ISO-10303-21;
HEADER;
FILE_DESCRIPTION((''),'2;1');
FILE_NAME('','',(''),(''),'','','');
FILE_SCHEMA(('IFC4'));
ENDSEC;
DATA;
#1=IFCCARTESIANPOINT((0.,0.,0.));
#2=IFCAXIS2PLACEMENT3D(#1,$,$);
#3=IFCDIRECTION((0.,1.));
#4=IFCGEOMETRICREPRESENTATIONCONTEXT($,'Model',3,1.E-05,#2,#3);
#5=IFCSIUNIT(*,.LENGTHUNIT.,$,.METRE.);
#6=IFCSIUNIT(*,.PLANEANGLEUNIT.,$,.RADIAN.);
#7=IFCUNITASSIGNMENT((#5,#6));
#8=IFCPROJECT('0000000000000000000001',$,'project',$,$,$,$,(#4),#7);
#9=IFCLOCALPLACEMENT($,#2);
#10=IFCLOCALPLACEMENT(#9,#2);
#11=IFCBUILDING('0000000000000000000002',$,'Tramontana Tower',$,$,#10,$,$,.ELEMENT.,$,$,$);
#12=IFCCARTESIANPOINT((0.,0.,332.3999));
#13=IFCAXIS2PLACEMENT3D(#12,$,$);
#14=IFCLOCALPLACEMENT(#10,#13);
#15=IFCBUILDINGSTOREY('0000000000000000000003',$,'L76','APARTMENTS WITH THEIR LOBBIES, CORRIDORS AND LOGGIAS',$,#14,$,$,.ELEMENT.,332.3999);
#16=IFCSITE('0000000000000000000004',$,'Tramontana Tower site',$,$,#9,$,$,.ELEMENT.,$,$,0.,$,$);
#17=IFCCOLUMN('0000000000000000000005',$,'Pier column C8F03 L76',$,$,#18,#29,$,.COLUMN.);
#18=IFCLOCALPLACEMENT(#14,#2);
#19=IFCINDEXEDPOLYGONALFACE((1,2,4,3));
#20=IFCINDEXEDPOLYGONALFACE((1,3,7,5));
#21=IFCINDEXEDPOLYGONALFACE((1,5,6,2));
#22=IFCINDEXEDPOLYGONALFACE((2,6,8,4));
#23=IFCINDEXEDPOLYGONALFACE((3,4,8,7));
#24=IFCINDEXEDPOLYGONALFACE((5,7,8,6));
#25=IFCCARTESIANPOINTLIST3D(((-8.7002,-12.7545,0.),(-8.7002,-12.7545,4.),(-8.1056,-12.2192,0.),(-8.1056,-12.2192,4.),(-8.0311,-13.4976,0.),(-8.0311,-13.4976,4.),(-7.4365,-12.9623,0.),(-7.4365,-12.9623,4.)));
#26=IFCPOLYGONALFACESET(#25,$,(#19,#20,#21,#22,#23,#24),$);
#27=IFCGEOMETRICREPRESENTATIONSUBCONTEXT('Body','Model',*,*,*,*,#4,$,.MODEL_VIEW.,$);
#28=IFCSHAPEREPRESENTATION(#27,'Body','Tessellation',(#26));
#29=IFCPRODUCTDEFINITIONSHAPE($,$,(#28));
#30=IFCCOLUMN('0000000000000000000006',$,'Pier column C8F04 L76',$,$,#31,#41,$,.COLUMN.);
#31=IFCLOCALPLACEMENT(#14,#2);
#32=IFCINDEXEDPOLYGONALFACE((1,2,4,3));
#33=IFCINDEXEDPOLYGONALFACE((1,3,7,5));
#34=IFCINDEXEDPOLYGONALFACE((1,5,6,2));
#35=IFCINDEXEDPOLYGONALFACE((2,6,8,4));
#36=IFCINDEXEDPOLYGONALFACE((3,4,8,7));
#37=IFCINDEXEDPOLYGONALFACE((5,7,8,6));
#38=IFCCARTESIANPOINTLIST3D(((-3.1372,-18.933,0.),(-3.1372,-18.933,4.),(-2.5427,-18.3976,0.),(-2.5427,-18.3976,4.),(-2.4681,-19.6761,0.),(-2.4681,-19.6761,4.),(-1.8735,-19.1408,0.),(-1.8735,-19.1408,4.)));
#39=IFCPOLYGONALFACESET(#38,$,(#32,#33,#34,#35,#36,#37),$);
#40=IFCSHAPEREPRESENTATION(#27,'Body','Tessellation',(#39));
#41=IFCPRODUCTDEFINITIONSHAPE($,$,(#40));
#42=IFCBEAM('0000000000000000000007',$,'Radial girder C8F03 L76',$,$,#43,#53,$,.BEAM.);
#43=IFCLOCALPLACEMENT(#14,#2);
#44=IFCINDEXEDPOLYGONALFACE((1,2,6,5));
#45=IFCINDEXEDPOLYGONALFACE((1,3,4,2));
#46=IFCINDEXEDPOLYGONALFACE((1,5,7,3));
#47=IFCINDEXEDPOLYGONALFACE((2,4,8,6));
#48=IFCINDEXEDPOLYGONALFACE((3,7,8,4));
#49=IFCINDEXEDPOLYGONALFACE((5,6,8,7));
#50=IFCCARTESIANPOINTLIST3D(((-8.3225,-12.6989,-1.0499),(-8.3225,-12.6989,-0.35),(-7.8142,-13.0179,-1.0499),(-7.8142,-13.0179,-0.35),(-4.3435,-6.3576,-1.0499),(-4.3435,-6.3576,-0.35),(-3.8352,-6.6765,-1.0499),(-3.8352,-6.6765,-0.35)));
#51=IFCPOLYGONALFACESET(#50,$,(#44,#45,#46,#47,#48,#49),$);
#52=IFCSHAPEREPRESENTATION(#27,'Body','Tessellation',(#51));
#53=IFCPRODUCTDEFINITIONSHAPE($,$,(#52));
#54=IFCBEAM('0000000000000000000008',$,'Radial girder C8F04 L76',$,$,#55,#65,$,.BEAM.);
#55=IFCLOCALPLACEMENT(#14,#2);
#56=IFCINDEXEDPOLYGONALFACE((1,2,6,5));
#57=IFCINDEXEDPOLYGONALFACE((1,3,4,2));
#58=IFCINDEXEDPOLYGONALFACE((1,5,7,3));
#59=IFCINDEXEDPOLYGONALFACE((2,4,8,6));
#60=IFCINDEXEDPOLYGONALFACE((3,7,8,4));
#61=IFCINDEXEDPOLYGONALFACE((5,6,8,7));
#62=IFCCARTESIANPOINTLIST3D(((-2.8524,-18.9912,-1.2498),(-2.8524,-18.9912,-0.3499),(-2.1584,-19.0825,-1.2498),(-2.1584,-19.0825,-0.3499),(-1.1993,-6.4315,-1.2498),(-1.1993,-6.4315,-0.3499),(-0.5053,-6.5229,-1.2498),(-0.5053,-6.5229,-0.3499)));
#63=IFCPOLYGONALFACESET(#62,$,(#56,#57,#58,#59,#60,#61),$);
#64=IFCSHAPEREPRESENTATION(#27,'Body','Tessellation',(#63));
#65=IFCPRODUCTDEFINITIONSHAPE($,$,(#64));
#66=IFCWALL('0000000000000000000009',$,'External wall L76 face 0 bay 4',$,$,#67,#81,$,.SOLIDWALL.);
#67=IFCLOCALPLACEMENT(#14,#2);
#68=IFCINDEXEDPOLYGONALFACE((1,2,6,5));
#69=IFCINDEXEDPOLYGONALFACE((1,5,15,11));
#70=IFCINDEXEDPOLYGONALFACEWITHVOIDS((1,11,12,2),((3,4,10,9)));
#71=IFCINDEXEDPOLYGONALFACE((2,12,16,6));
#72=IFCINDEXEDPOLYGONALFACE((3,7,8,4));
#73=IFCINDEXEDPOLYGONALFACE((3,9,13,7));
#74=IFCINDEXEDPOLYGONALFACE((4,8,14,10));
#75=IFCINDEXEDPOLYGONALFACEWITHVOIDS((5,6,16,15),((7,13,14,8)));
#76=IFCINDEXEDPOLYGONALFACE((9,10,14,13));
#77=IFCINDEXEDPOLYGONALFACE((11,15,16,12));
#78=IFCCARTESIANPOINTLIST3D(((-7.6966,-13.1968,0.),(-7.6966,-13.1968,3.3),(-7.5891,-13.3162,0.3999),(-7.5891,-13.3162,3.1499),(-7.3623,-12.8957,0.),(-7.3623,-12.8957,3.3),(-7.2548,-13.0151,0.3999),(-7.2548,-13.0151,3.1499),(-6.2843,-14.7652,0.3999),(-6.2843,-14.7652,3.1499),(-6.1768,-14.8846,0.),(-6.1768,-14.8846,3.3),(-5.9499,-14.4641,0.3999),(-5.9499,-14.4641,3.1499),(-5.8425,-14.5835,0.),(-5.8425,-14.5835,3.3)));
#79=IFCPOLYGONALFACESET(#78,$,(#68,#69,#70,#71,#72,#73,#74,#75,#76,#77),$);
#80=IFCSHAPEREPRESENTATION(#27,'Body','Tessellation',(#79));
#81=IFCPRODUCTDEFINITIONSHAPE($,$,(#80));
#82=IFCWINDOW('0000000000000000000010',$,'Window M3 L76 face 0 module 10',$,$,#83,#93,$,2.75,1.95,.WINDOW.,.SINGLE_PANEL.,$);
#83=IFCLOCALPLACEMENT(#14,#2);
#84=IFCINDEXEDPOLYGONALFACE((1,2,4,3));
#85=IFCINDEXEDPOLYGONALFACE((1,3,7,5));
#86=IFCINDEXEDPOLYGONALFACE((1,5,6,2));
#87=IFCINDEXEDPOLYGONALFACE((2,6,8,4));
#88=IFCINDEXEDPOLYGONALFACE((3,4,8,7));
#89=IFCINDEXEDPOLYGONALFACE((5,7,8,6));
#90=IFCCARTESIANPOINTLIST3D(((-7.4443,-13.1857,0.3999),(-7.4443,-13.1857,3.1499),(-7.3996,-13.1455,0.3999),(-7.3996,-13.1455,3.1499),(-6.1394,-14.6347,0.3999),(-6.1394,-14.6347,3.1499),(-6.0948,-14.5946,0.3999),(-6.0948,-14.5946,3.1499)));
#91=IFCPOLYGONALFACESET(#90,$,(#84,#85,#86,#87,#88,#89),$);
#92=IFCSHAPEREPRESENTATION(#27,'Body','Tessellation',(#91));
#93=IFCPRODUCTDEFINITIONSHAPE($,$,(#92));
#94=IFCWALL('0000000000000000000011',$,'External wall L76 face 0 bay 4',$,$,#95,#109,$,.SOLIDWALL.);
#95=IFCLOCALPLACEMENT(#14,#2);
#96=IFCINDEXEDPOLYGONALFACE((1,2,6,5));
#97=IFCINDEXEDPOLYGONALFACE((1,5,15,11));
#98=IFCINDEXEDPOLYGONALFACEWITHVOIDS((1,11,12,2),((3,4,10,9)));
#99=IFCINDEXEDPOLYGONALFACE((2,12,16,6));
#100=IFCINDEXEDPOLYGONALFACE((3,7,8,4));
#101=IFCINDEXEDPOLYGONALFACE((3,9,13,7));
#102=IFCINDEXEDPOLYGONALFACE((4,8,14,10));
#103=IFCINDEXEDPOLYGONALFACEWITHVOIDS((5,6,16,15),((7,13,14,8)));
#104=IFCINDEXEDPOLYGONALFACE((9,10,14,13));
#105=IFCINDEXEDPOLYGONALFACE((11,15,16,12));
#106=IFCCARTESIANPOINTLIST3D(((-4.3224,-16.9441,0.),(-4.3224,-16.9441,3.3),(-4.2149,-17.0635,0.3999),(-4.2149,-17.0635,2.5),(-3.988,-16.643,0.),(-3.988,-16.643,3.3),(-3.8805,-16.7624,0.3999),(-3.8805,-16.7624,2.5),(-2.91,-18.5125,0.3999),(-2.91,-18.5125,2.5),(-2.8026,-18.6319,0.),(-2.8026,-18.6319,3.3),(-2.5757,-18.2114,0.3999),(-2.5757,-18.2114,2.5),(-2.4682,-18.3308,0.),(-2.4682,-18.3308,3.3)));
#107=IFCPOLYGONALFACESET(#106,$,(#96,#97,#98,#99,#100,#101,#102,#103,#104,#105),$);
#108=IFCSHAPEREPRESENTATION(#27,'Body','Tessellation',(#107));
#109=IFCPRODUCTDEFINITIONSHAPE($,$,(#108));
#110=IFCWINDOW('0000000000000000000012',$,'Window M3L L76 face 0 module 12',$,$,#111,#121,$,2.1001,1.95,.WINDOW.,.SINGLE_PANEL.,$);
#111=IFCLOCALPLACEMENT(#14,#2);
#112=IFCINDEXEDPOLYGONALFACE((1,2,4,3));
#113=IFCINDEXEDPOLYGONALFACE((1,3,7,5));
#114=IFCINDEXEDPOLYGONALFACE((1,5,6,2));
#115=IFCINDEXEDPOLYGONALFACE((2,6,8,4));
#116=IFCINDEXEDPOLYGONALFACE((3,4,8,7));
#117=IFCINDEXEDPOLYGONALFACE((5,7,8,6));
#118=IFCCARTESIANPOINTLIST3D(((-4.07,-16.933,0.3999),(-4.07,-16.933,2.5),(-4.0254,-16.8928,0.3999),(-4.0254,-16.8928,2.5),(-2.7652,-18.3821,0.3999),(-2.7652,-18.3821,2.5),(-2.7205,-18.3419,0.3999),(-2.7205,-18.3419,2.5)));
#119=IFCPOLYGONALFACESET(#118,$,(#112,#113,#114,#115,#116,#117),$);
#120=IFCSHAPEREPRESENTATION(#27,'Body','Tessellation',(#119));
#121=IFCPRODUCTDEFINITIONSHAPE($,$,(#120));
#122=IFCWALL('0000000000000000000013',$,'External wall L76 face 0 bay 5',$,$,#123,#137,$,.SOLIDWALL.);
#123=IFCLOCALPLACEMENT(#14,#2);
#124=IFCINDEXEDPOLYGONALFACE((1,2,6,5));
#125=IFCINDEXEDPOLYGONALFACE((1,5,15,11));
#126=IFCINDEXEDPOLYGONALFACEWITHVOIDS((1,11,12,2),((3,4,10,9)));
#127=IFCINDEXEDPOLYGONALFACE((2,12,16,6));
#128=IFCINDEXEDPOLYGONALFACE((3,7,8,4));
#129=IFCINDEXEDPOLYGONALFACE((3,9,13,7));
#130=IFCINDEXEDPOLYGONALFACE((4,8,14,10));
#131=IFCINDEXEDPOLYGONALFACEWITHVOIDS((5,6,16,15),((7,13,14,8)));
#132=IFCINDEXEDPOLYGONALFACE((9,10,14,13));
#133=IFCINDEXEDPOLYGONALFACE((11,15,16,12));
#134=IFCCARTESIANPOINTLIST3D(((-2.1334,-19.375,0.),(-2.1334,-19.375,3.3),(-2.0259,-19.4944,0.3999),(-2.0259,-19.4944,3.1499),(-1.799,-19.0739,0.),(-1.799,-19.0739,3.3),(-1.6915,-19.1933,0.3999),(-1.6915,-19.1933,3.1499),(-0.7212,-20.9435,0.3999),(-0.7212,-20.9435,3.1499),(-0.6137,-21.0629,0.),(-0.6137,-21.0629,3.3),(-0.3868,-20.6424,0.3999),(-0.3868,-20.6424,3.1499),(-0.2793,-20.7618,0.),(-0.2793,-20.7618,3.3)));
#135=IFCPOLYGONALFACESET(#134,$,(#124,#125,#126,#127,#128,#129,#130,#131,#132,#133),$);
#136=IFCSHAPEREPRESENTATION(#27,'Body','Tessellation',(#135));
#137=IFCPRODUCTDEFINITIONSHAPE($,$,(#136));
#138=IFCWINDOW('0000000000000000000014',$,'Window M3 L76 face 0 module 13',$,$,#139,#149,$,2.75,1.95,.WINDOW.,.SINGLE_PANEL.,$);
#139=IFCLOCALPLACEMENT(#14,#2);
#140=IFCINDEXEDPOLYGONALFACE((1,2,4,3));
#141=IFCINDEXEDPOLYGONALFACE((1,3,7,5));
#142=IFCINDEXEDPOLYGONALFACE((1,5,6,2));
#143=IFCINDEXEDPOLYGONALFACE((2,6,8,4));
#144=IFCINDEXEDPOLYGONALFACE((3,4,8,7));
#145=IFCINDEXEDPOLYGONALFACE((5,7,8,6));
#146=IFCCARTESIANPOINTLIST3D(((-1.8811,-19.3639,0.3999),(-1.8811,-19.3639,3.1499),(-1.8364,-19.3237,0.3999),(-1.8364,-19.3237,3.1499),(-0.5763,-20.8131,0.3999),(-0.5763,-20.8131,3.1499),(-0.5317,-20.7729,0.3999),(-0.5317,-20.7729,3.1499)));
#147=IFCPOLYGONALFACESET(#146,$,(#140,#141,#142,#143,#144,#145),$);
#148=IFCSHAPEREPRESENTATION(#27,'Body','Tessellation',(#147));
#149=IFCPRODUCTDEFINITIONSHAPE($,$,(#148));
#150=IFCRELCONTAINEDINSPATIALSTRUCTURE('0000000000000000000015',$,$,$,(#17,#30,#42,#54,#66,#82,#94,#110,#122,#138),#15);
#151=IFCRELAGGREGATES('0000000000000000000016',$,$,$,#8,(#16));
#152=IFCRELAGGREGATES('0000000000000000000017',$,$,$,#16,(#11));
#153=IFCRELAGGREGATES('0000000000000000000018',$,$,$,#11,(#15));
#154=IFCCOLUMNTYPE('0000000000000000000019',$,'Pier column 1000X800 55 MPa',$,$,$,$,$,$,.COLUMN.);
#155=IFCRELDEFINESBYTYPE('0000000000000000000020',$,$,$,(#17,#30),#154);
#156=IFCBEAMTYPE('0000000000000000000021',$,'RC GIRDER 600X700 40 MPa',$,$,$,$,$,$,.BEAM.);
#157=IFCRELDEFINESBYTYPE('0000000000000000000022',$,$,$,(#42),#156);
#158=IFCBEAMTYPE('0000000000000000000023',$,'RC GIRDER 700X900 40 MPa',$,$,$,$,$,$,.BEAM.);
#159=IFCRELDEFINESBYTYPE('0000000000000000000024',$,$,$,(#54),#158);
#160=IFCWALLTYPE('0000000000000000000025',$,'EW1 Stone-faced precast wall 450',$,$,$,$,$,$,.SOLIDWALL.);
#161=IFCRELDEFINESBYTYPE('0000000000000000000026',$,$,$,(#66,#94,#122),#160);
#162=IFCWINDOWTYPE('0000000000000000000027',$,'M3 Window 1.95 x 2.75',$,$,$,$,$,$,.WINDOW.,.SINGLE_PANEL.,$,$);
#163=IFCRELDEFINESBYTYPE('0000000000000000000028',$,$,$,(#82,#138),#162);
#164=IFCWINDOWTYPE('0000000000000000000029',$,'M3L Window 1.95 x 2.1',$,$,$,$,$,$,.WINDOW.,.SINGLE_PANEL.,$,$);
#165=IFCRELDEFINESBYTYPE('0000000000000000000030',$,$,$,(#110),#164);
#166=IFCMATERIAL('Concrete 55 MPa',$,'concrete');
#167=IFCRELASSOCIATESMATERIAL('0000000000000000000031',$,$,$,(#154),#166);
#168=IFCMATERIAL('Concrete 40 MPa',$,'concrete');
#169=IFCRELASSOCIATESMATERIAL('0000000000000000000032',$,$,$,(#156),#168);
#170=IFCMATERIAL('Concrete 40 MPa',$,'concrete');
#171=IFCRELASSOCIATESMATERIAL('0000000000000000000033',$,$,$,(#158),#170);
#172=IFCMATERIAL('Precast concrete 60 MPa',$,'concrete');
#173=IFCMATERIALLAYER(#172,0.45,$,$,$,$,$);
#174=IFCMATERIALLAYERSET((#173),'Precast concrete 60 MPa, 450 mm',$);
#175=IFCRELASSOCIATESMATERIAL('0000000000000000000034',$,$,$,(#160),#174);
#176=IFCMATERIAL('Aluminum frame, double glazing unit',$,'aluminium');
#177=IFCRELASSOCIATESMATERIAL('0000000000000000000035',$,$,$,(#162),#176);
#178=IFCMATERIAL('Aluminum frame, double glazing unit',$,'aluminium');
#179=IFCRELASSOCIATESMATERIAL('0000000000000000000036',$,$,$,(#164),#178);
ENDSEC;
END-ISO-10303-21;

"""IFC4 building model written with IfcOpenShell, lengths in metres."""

from ifc_helpers import new_model, si_unit, direction, frame, frame_2d, origin, origin_2d, place, context, subcontext, project, spatial, rectangle, extrude, material, layer, layer_set, material_profile, profile_set, type_object, element, fill, save


model = new_model("IFC4")

# Units and contexts
model_context = context("Model", 3, precision=1e-05, world=origin(), true_north=direction((0.0, 1.0)))
body_context = subcontext(model_context, "Body", "Model", "MODEL_VIEW")
ifc_project = project(units=[si_unit("LENGTHUNIT", "METRE"), si_unit("PLANEANGLEUNIT", "RADIAN")], contexts=[model_context])

# Site, building, storey
site_placement = place(None, origin())
site = spatial("IfcSite", under=ifc_project, at=site_placement, Name="Tramontana Tower site", CompositionType="ELEMENT", RefElevation=0.0)
building_placement = place(site_placement, origin())
building = spatial("IfcBuilding", under=site, at=building_placement, Name="Tramontana Tower", CompositionType="ELEMENT")
storey_placement = place(building_placement, frame((0.0, 0.0, 332.3999)))
storey = spatial("IfcBuildingStorey", under=building, at=storey_placement, Name="L76", Description="APARTMENTS WITH THEIR LOBBIES, CORRIDORS AND LOGGIAS", CompositionType="ELEMENT", Elevation=332.3999)

# Columns
ifc_material_1 = material(Name="Concrete 55 MPa", Category="concrete")
ifc_material_profile_1 = material_profile(ifc_material_1, rectangle(XDim=1.0, YDim=0.8, at=origin_2d()), Name="Pier column 1000X800 55 MPa")
ifc_profile_set_1 = profile_set([ifc_material_profile_1], Name="Concrete 55 MPa")
column_type = type_object("IfcColumnType", Name="Pier column 1000X800 55 MPa", PredefinedType="COLUMN", material=ifc_profile_set_1)
for number, where, z_axis, x_axis, name in (
    (1, (-8.0684, -12.8584, 0.0), (0.0, 0.0, 1.0), (0.669131, -0.743145, 0.0), "Pier column C8F03 L76"),
    (2, (-2.5054, -19.0369, 0.0), (0.0, 0.0, 1.0), (0.669131, -0.743145, 0.0), "Pier column C8F04 L76"),
):
    element("IfcColumn", number, at=place(storey_placement, frame(where, z_axis=z_axis, x_axis=x_axis)), inside=storey, type_object=column_type, Name=name, PredefinedType="COLUMN", context=body_context, shape_type="SweptSolid", body=[
        extrude(rectangle(XDim=1.0, YDim=0.8, at=origin_2d()), origin(), (0.0, 0.0, 1.0), 4.0),
    ])

# Beams
ifc_material_2 = material(Name="Concrete 40 MPa", Category="concrete")
ifc_material_profile_2 = material_profile(ifc_material_2, rectangle(XDim=0.6001, YDim=0.7, at=origin_2d()), Name="RC GIRDER 600X700 40 MPa")
ifc_profile_set_2 = profile_set([ifc_material_profile_2], Name="Concrete 40 MPa")
beam_type_1 = type_object("IfcBeamType", Name="RC GIRDER 600X700 40 MPa", PredefinedType="BEAM", material=ifc_profile_set_2)
beam_1_placement = place(storey_placement, frame((-8.0684, -12.8584, -0.7), z_axis=(0.531505, 0.847055, 0.0), x_axis=(-0.847055, 0.531505, 0.0)))
element("IfcBeam", 3, at=beam_1_placement, inside=storey, type_object=beam_type_1, Name="Radial girder C8F03 L76", PredefinedType="BEAM", context=body_context, shape_type="SweptSolid", body=[
    extrude(rectangle(XDim=0.6001, YDim=0.7, at=origin_2d()), origin(), (0.0, 0.0, 1.0), 7.4863),
])
ifc_material_3 = material(Name="Concrete 40 MPa", Category="concrete")
ifc_material_profile_3 = material_profile(ifc_material_3, rectangle(XDim=0.7, YDim=0.8999, at=origin_2d()), Name="RC GIRDER 700X900 40 MPa")
ifc_profile_set_3 = profile_set([ifc_material_profile_3], Name="Concrete 40 MPa")
beam_type_2 = type_object("IfcBeamType", Name="RC GIRDER 700X900 40 MPa", PredefinedType="BEAM", material=ifc_profile_set_3)
beam_2_placement = place(storey_placement, frame((-2.5054, -19.0369, -0.7998), z_axis=(0.130493, 0.991449, 0.0), x_axis=(-0.991449, 0.130493, 0.0)))
element("IfcBeam", 4, at=beam_2_placement, inside=storey, type_object=beam_type_2, Name="Radial girder C8F04 L76", PredefinedType="BEAM", context=body_context, shape_type="SweptSolid", body=[
    extrude(rectangle(XDim=0.7, YDim=0.8999, at=origin_2d()), origin(), (0.0, 0.0, 1.0), 12.668),
])

# Walls, openings, windows
ifc_material_4 = material(Name="Precast concrete 60 MPa", Category="concrete")
ifc_layer_1 = layer(ifc_material_4, 0.45)
ifc_layer_set_1 = layer_set([ifc_layer_1], Name="Precast concrete 60 MPa, 450 mm")
wall_type_1 = type_object("IfcWallType", Name="EW1 Stone-faced precast wall 450", PredefinedType="SOLIDWALL", material=ifc_layer_set_1)
wall_1_placement = place(storey_placement, frame((-7.5295, -13.0461, 0.0), z_axis=(0.0, 0.0, 1.0), x_axis=(0.669161, -0.743118, 0.0)))
wall_1 = element("IfcWall", 5, at=wall_1_placement, inside=storey, type_object=wall_type_1, Name="External wall L76 face 0 bay 4", PredefinedType="SOLIDWALL", context=body_context, shape_type="SweptSolid", body=[
    extrude(rectangle(XDim=2.2712, YDim=0.45, at=frame_2d((1.1357, 0.0))), origin(), (0.0, 0.0, 1.0), 3.3),
])
opening_1_placement = place(wall_1_placement, frame((0.1606, 0.0, 0.3999)))
opening_1 = element("IfcOpeningElement", 6, at=opening_1_placement, cuts=wall_1, PredefinedType="OPENING", context=body_context, shape_type="SweptSolid", body=[
    extrude(rectangle(XDim=1.95, YDim=2.75, at=frame_2d((0.9751, 1.375))), frame((0.0, 0.2349, 0.0), z_axis=(0.0, -1.0, 0.0), x_axis=(1.0, 0.0, 0.0)), (0.0, 0.0, 1.0), 0.47),
])
ifc_material_5 = material(Name="Aluminum frame, double glazing unit", Category="aluminium")
window_type_1 = type_object("IfcWindowType", Name="M3 Window 1.95 x 2.75", PartitioningType="SINGLE_PANEL", PredefinedType="WINDOW", material=ifc_material_5)
window_1_placement = place(opening_1_placement, origin())
window_1 = element("IfcWindow", 7, at=window_1_placement, inside=storey, type_object=window_type_1, Name="Window M3 L76 face 0 module 10", OverallHeight=2.75, OverallWidth=1.95, PartitioningType="SINGLE_PANEL", PredefinedType="WINDOW", context=body_context, shape_type="SweptSolid", body=[
    extrude(rectangle(XDim=1.95, YDim=2.75, at=frame_2d((0.9751, 1.375))), frame((0.0, 0.03, 0.0), z_axis=(0.0, -1.0, 0.0), x_axis=(1.0, 0.0, 0.0)), (0.0, 0.0, 1.0), 0.0601),
])
fill(opening_1, window_1)
wall_2_placement = place(storey_placement, frame((-4.1553, -16.7935, 0.0), z_axis=(0.0, 0.0, 1.0), x_axis=(0.669161, -0.743118, 0.0)))
wall_2 = element("IfcWall", 8, at=wall_2_placement, inside=storey, type_object=wall_type_1, Name="External wall L76 face 0 bay 4", PredefinedType="SOLIDWALL", context=body_context, shape_type="SweptSolid", body=[
    extrude(rectangle(XDim=2.2712, YDim=0.45, at=frame_2d((1.1357, 0.0))), origin(), (0.0, 0.0, 1.0), 3.3),
])
opening_2_placement = place(wall_2_placement, frame((0.1606, 0.0, 0.3999)))
opening_2 = element("IfcOpeningElement", 9, at=opening_2_placement, cuts=wall_2, PredefinedType="OPENING", context=body_context, shape_type="SweptSolid", body=[
    extrude(rectangle(XDim=1.95, YDim=2.1001, at=frame_2d((0.9751, 1.05))), frame((0.0, 0.2349, 0.0), z_axis=(0.0, -1.0, 0.0), x_axis=(1.0, 0.0, 0.0)), (0.0, 0.0, 1.0), 0.47),
])
ifc_material_6 = material(Name="Aluminum frame, double glazing unit", Category="aluminium")
window_type_2 = type_object("IfcWindowType", Name="M3L Window 1.95 x 2.1", PartitioningType="SINGLE_PANEL", PredefinedType="WINDOW", material=ifc_material_6)
window_2_placement = place(opening_2_placement, origin())
window_2 = element("IfcWindow", 10, at=window_2_placement, inside=storey, type_object=window_type_2, Name="Window M3L L76 face 0 module 12", OverallHeight=2.1001, OverallWidth=1.95, PartitioningType="SINGLE_PANEL", PredefinedType="WINDOW", context=body_context, shape_type="SweptSolid", body=[
    extrude(rectangle(XDim=1.95, YDim=2.1001, at=frame_2d((0.9751, 1.05))), frame((0.0, 0.03, 0.0), z_axis=(0.0, -1.0, 0.0), x_axis=(1.0, 0.0, 0.0)), (0.0, 0.0, 1.0), 0.0601),
])
fill(opening_2, window_2)
wall_3_placement = place(storey_placement, frame((-1.9663, -19.2244, 0.0), z_axis=(0.0, 0.0, 1.0), x_axis=(0.669107, -0.743166, 0.0)))
wall_3 = element("IfcWall", 11, at=wall_3_placement, inside=storey, type_object=wall_type_1, Name="External wall L76 face 0 bay 5", PredefinedType="SOLIDWALL", context=body_context, shape_type="SweptSolid", body=[
    extrude(rectangle(XDim=2.2712, YDim=0.45, at=frame_2d((1.1357, 0.0))), origin(), (0.0, 0.0, 1.0), 3.3),
])
opening_3_placement = place(wall_3_placement, frame((0.1606, 0.0, 0.3999)))
opening_3 = element("IfcOpeningElement", 12, at=opening_3_placement, cuts=wall_3, PredefinedType="OPENING", context=body_context, shape_type="SweptSolid", body=[
    extrude(rectangle(XDim=1.95, YDim=2.75, at=frame_2d((0.9751, 1.375))), frame((0.0, 0.2349, 0.0), z_axis=(0.0, -1.0, 0.0), x_axis=(1.0, 0.0, 0.0)), (0.0, 0.0, 1.0), 0.47),
])
window_3_placement = place(opening_3_placement, origin())
window_3 = element("IfcWindow", 13, at=window_3_placement, inside=storey, type_object=window_type_1, Name="Window M3 L76 face 0 module 13", OverallHeight=2.75, OverallWidth=1.95, PartitioningType="SINGLE_PANEL", PredefinedType="WINDOW", context=body_context, shape_type="SweptSolid", body=[
    extrude(rectangle(XDim=1.95, YDim=2.75, at=frame_2d((0.9751, 1.375))), frame((0.0, 0.03, 0.0), z_axis=(0.0, -1.0, 0.0), x_axis=(1.0, 0.0, 0.0)), (0.0, 0.0, 1.0), 0.0601),
])
fill(opening_3, window_3)

save(model, "model.ifc")
